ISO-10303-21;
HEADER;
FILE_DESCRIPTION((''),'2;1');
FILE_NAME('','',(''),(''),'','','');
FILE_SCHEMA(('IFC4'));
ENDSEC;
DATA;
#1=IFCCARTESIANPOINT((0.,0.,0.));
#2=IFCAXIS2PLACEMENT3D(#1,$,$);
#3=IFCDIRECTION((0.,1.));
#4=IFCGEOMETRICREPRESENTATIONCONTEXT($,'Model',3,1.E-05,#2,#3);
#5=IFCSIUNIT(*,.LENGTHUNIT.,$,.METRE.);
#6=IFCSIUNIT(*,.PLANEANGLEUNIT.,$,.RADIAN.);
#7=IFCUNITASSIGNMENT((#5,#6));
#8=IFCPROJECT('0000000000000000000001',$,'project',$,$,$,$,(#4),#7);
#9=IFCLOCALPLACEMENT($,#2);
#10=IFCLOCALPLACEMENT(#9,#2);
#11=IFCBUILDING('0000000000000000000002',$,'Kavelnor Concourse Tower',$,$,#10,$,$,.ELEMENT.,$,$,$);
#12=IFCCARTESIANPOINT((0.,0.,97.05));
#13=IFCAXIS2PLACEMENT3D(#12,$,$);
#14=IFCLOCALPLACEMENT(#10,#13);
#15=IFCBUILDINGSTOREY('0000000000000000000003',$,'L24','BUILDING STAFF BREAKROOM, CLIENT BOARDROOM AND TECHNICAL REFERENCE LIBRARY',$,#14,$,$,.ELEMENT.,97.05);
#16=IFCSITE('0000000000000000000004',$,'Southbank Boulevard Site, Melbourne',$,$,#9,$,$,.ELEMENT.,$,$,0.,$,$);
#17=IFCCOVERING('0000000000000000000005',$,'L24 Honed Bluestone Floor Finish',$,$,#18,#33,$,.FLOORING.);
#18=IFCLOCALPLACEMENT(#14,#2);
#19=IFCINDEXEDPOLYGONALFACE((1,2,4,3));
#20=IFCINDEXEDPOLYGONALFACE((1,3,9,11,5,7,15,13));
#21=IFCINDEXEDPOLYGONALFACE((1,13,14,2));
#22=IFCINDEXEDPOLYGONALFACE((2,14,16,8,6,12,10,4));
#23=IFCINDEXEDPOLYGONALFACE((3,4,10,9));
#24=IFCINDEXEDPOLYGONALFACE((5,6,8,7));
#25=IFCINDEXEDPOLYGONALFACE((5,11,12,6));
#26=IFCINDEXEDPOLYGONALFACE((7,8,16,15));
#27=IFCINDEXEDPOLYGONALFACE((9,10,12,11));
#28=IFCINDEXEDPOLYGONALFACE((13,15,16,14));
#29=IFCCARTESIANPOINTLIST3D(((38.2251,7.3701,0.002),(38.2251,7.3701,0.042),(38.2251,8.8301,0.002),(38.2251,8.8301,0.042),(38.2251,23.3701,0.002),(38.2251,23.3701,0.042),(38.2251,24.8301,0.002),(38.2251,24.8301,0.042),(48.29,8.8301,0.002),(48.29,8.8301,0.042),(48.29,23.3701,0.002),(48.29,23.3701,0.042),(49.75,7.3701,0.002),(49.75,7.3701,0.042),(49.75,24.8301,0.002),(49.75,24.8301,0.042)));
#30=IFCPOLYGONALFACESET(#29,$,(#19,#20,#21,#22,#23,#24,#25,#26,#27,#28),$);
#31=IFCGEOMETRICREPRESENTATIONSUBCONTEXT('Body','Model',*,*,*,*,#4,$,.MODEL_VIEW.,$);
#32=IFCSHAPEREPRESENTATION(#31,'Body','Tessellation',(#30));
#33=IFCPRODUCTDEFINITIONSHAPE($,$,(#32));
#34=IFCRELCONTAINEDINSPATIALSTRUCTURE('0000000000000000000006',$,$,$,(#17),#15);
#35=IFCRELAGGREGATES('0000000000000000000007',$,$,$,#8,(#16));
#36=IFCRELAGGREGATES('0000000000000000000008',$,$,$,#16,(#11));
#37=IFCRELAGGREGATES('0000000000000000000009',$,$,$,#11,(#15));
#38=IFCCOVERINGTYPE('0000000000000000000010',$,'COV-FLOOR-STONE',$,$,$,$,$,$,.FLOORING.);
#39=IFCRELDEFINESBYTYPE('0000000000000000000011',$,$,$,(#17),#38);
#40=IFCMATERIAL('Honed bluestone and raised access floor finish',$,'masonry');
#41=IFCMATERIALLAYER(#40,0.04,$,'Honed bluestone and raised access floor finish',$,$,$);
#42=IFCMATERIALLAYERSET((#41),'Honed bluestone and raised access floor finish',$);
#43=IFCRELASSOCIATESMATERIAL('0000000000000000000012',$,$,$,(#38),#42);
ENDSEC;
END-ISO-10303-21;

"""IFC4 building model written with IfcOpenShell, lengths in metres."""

from ifc_helpers import new_model, si_unit, direction, frame, origin, place, context, subcontext, project, spatial, polyline, outline, extrude, material, layer, layer_set, type_object, element, save


model = new_model("IFC4")

# Units and contexts
model_context = context("Model", 3, precision=1e-05, world=origin(), true_north=direction((0.0, 1.0)))
body_context = subcontext(model_context, "Body", "Model", "MODEL_VIEW")
ifc_project = project(units=[si_unit("LENGTHUNIT", "METRE"), si_unit("PLANEANGLEUNIT", "RADIAN")], contexts=[model_context])

# Site, building, storey
site_placement = place(None, origin())
site = spatial("IfcSite", under=ifc_project, at=site_placement, Name="Southbank Boulevard Site, Melbourne", CompositionType="ELEMENT", RefElevation=0.0)
building_placement = place(site_placement, origin())
building = spatial("IfcBuilding", under=site, at=building_placement, Name="Kavelnor Concourse Tower", CompositionType="ELEMENT")
storey_placement = place(building_placement, frame((0.0, 0.0, 97.05)))
storey = spatial("IfcBuildingStorey", under=building, at=storey_placement, Name="L24", Description="BUILDING STAFF BREAKROOM, CLIENT BOARDROOM AND TECHNICAL REFERENCE LIBRARY", CompositionType="ELEMENT", Elevation=97.05)

# Covering
ifc_material_1 = material(Name="Honed bluestone and raised access floor finish", Category="masonry")
ifc_layer_1 = layer(ifc_material_1, 0.04, Name="Honed bluestone and raised access floor finish")
ifc_layer_set_1 = layer_set([ifc_layer_1], Name="Honed bluestone and raised access floor finish")
covering_type_1 = type_object("IfcCoveringType", Name="COV-FLOOR-STONE", PredefinedType="FLOORING", material=ifc_layer_set_1)
covering_1_placement = place(storey_placement, frame((0.0, 0.0, 0.002)))
element("IfcCovering", 1, at=covering_1_placement, inside=storey, type_object=covering_type_1, Name="L24 Honed Bluestone Floor Finish", PredefinedType="FLOORING", context=body_context, shape_type="SweptSolid", body=[
    extrude(outline(polyline([(49.75, 7.3701), (38.2251, 7.3701), (38.2251, 8.8301), (48.29, 8.8301), (48.29, 23.3701), (38.2251, 23.3701), (38.2251, 24.8301), (49.75, 24.8301), (49.75, 7.3701)])), origin(), (0.0, 0.0, 1.0), 0.04),
])

save(model, "model.ifc")
